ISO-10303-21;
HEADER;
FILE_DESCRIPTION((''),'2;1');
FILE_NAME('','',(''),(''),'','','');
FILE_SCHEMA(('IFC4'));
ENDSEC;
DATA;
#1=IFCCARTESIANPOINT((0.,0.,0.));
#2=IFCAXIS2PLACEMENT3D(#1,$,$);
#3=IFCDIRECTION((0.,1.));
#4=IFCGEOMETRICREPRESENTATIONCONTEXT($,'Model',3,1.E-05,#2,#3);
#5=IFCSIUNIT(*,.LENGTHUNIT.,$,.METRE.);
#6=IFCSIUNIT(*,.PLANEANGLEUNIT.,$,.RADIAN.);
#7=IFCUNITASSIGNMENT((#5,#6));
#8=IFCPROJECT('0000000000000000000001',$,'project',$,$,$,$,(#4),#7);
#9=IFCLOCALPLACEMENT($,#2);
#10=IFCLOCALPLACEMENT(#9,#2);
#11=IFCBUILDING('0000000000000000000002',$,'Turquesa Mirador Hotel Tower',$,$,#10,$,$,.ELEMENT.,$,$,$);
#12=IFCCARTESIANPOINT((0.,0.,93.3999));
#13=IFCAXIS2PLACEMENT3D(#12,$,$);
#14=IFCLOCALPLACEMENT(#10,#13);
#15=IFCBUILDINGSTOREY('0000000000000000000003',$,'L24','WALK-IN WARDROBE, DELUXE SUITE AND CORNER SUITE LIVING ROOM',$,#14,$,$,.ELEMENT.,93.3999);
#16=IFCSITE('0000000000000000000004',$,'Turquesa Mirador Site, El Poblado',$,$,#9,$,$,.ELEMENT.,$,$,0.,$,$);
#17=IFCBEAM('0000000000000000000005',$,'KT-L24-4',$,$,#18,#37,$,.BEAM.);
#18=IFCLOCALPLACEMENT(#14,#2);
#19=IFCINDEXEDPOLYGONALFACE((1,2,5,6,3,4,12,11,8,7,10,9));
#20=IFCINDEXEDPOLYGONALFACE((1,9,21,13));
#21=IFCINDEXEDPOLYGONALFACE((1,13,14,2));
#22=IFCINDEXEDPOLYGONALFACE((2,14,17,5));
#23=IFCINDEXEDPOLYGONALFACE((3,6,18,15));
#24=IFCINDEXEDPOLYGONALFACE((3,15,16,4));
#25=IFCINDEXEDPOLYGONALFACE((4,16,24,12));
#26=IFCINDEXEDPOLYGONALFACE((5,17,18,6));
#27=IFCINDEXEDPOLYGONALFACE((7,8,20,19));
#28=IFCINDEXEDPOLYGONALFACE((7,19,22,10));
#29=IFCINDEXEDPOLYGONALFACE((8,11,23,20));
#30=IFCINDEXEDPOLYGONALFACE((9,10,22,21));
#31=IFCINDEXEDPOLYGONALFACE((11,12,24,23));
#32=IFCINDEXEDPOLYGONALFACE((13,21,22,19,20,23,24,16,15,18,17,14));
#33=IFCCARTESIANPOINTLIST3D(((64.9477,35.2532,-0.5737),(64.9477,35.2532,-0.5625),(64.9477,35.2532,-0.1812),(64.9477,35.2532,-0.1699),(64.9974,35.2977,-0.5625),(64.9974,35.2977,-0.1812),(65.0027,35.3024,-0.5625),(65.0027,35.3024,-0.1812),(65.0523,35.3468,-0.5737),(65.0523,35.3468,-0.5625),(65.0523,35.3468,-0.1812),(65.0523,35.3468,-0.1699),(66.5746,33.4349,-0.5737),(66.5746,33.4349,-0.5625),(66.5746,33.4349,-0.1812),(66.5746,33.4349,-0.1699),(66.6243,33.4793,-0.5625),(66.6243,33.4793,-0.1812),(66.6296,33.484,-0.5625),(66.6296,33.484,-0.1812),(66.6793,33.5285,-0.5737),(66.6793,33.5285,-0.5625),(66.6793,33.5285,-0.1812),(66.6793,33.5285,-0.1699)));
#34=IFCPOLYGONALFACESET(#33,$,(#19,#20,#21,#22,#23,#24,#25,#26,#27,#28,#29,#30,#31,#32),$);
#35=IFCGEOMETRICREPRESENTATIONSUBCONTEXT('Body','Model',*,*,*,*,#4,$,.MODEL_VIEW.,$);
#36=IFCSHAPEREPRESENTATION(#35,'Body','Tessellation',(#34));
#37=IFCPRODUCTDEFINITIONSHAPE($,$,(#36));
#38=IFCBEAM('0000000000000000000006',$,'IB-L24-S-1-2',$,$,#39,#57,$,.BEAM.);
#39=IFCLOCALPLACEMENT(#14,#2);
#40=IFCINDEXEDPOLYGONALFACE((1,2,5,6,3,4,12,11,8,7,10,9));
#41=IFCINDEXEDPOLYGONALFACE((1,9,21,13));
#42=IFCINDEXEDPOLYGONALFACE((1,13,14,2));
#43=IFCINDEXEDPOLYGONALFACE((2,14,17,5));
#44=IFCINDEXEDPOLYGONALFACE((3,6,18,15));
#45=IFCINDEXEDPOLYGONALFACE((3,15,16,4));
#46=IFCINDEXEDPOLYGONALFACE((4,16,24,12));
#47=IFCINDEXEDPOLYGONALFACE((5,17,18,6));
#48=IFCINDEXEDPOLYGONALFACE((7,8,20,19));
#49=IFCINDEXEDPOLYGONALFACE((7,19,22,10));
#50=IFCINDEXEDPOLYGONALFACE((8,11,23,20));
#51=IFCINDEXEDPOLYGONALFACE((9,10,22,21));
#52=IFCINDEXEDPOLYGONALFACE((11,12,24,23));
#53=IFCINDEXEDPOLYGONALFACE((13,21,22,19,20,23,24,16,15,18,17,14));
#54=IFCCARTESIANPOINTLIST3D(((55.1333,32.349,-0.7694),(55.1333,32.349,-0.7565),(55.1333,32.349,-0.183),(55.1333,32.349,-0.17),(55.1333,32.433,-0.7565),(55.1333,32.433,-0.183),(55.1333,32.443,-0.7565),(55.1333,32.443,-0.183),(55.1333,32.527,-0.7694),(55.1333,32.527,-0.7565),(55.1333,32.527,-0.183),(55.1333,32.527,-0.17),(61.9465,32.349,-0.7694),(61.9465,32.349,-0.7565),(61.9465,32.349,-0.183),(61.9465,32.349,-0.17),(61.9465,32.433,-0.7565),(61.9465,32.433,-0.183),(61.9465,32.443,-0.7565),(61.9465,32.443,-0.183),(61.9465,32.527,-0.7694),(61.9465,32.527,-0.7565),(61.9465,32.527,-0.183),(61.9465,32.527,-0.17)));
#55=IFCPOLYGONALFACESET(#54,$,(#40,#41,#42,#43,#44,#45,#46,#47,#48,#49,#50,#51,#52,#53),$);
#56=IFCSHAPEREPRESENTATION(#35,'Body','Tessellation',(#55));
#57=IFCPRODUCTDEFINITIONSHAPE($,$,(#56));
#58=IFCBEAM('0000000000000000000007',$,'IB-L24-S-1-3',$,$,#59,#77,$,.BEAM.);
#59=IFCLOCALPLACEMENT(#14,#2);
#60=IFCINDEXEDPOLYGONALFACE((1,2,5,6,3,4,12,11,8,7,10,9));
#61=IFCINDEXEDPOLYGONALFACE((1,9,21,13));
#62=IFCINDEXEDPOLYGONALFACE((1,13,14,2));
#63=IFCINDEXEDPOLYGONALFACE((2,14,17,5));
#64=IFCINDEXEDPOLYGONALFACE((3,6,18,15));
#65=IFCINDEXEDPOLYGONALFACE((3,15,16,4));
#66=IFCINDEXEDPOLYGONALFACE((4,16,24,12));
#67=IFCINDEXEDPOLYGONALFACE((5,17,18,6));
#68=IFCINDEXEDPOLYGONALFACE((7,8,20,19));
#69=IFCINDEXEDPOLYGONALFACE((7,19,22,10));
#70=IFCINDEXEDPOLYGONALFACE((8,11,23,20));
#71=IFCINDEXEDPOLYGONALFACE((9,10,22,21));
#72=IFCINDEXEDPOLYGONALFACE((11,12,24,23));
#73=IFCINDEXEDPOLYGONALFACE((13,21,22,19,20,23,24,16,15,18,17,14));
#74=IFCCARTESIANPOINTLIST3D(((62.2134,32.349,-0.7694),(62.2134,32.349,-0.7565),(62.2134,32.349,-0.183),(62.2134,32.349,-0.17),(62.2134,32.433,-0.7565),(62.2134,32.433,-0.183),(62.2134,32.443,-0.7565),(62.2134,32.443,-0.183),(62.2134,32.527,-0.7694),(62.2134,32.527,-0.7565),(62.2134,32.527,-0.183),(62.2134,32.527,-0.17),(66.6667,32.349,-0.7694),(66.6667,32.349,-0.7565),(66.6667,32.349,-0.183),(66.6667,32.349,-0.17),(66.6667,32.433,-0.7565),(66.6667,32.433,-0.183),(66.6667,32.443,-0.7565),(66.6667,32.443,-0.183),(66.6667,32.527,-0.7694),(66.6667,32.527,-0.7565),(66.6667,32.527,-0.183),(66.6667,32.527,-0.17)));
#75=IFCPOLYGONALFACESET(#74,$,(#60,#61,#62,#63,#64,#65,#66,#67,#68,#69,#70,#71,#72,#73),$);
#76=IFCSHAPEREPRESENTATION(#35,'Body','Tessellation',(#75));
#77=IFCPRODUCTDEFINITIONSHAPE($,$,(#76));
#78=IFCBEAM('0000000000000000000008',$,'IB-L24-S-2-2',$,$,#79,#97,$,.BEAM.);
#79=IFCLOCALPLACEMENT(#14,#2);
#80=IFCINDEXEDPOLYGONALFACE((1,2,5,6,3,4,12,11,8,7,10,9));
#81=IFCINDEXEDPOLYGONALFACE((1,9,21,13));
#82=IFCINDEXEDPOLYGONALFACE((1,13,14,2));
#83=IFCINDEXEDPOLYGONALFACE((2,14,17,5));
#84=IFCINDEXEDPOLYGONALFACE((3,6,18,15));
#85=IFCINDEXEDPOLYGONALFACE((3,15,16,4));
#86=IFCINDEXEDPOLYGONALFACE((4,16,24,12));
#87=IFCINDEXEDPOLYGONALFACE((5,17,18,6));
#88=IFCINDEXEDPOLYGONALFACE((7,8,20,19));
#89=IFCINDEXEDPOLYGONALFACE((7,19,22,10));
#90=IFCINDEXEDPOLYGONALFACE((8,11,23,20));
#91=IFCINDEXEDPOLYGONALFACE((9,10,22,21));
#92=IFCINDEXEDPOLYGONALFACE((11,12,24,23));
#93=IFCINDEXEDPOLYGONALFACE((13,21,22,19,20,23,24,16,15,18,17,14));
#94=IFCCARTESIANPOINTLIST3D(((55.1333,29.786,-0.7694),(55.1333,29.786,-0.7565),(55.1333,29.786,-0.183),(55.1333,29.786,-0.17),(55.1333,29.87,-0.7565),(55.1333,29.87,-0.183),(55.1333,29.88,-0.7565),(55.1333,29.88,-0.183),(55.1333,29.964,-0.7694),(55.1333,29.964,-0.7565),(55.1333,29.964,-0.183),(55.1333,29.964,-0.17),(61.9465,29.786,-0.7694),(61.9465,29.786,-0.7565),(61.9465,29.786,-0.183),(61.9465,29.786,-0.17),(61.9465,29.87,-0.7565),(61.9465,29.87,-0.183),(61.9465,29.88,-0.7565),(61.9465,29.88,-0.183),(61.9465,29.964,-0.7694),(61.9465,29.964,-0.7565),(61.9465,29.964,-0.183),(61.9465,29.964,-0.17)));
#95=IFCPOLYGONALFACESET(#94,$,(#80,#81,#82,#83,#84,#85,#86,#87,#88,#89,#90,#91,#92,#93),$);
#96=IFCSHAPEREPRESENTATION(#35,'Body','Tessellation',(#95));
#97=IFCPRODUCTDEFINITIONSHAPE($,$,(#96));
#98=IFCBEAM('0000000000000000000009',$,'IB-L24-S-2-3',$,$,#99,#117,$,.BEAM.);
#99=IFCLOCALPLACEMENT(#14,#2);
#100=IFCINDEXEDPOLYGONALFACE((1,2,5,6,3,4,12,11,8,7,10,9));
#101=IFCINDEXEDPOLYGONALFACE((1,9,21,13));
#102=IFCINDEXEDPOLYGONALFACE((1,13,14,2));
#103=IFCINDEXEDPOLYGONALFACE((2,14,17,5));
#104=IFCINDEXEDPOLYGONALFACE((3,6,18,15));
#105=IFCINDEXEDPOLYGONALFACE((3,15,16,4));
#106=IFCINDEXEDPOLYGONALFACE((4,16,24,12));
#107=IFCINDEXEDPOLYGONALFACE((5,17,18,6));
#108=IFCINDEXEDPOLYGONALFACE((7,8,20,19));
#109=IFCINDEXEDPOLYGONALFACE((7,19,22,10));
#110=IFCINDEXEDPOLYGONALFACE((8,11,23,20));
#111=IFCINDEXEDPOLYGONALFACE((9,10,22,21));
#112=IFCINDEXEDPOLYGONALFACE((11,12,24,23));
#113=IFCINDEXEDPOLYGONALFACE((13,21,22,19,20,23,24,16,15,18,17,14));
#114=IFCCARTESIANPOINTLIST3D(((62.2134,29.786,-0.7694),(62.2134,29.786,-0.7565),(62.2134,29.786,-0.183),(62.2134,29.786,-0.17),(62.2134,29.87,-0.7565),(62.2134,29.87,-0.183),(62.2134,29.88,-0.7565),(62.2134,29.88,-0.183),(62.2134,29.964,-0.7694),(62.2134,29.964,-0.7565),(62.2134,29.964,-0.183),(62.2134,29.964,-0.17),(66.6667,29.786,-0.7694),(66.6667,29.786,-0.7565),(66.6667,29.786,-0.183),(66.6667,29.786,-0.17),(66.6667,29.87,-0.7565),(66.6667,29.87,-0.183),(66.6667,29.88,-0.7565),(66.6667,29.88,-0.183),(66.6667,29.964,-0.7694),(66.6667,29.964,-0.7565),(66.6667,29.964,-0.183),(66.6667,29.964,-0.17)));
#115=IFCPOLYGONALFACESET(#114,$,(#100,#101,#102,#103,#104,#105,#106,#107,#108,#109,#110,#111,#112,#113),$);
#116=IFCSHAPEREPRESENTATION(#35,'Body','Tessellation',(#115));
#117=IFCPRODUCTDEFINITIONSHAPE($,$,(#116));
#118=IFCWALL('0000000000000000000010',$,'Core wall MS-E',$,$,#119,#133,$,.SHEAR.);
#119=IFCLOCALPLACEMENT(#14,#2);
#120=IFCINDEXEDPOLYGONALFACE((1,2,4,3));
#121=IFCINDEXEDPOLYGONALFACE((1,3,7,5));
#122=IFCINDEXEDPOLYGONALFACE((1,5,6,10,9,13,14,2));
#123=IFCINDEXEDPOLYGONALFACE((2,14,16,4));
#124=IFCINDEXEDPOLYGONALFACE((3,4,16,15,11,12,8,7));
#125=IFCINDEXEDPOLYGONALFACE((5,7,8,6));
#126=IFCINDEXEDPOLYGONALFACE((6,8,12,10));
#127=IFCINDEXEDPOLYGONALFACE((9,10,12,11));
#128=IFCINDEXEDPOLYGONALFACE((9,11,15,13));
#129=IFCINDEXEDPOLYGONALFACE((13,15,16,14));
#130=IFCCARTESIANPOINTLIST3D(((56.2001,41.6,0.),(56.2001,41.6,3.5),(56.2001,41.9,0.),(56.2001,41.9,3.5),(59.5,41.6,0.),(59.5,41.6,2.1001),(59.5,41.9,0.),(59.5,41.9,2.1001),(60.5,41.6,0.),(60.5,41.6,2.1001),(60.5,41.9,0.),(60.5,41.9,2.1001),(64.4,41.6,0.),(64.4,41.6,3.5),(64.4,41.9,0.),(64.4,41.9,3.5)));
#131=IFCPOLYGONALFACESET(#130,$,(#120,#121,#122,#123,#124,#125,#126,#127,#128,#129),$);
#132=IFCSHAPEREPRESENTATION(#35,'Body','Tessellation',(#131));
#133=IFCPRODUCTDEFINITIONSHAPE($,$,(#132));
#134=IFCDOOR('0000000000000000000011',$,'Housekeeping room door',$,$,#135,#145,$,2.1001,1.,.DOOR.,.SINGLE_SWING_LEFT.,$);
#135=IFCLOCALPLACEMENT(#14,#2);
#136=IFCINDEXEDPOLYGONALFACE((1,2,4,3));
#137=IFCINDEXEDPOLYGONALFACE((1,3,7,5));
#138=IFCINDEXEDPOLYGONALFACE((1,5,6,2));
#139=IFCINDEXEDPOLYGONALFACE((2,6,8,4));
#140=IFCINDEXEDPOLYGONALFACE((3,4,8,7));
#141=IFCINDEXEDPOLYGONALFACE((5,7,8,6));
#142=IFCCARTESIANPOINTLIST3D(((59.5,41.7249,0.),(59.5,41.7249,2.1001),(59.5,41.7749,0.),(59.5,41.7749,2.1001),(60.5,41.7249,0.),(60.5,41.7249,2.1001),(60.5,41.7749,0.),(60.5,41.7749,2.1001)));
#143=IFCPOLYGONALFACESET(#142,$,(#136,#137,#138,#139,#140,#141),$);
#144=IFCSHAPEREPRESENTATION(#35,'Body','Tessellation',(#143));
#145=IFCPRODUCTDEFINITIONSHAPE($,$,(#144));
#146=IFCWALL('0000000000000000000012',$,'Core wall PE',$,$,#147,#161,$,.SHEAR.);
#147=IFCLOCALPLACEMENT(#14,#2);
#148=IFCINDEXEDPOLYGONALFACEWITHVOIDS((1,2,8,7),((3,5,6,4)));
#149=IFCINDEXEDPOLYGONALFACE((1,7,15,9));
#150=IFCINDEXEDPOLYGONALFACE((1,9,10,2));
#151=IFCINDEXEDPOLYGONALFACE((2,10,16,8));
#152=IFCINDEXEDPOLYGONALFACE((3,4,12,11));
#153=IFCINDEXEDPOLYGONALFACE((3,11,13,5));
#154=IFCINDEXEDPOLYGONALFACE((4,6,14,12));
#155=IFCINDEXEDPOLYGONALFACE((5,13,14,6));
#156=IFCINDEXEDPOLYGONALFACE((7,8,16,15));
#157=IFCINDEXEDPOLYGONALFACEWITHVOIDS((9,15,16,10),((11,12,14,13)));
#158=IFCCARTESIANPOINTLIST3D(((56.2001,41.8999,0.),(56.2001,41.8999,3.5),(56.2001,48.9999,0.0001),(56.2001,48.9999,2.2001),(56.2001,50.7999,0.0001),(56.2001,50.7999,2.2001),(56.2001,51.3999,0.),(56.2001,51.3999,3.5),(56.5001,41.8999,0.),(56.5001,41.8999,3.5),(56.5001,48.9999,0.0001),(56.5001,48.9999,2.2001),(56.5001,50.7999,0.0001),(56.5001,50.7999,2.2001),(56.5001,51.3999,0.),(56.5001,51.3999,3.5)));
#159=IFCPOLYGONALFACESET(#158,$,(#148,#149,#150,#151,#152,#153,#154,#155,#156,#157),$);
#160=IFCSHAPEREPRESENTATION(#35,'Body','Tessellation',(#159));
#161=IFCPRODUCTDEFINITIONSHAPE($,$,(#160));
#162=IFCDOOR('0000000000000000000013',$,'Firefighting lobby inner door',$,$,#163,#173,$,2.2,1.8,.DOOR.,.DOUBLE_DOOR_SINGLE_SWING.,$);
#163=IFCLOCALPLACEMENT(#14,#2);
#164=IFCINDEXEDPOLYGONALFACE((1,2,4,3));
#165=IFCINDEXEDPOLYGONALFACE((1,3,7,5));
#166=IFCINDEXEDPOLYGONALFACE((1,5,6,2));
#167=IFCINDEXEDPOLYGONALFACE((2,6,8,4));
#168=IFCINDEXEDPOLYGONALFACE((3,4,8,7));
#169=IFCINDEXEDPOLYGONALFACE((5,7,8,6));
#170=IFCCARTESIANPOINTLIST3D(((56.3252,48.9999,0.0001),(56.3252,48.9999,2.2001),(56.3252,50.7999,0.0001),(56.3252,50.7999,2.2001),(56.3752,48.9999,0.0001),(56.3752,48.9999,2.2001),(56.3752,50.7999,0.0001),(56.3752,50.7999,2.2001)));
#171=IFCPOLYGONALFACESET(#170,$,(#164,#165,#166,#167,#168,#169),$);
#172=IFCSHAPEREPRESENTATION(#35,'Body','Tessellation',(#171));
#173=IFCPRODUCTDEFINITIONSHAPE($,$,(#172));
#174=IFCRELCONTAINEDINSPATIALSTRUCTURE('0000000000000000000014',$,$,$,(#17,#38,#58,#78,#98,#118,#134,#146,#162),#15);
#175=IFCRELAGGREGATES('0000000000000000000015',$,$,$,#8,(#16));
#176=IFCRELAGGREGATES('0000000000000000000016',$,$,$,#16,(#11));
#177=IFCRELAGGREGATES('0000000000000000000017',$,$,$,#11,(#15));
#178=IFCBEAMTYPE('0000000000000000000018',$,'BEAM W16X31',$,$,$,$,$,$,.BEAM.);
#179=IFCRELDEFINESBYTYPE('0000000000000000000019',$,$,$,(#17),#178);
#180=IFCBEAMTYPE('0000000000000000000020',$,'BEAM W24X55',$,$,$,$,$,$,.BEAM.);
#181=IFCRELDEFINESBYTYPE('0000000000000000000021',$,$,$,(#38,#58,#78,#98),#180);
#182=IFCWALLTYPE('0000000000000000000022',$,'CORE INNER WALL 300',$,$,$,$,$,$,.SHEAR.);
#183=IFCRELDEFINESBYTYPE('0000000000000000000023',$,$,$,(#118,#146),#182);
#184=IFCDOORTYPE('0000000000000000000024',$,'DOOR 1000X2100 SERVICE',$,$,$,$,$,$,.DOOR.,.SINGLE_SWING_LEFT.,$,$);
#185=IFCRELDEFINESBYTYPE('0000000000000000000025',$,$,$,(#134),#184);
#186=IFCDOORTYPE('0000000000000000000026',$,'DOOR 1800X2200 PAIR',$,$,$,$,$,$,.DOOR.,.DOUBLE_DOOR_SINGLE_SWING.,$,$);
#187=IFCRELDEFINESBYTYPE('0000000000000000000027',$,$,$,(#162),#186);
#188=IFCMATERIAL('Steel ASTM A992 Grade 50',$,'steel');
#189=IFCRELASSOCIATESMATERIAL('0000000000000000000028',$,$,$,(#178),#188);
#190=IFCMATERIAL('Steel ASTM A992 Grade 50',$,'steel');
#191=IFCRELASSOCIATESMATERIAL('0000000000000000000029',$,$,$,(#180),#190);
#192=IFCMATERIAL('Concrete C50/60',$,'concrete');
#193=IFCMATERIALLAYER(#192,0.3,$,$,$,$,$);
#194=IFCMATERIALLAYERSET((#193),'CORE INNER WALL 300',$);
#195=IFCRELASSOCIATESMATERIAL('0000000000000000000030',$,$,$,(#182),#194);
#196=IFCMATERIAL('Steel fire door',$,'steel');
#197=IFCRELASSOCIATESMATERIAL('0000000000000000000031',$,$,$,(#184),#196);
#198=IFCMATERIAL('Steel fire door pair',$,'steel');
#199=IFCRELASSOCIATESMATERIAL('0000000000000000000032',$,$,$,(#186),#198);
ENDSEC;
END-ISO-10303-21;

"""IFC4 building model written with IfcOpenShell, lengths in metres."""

from ifc_helpers import new_model, si_unit, direction, frame, frame_2d, origin, origin_2d, place, context, subcontext, project, spatial, rectangle, i_section, extrude, material, layer, layer_set, material_profile, profile_set, type_object, element, fill, save


model = new_model("IFC4")

# Units and contexts
model_context = context("Model", 3, precision=1e-05, world=origin(), true_north=direction((0.0, 1.0)))
body_context = subcontext(model_context, "Body", "Model", "MODEL_VIEW")
ifc_project = project(units=[si_unit("LENGTHUNIT", "METRE"), si_unit("PLANEANGLEUNIT", "RADIAN")], contexts=[model_context])

# Site, building, storey
site_placement = place(None, origin())
site = spatial("IfcSite", under=ifc_project, at=site_placement, Name="Turquesa Mirador Site, El Poblado", CompositionType="ELEMENT", RefElevation=0.0)
building_placement = place(site_placement, origin())
building = spatial("IfcBuilding", under=site, at=building_placement, Name="Turquesa Mirador Hotel Tower", CompositionType="ELEMENT")
storey_placement = place(building_placement, frame((0.0, 0.0, 93.3999)))
storey = spatial("IfcBuildingStorey", under=building, at=storey_placement, Name="L24", Description="WALK-IN WARDROBE, DELUXE SUITE AND CORNER SUITE LIVING ROOM", CompositionType="ELEMENT", Elevation=93.3999)

# Beams
ifc_material_1 = material(Name="Steel ASTM A992 Grade 50", Category="steel")
ifc_material_profile_1 = material_profile(ifc_material_1, i_section(OverallWidth=0.1404, OverallDepth=0.4038, WebThickness=0.0071, FlangeThickness=0.0112, at=origin_2d()), Name="W16X31")
ifc_profile_set_1 = profile_set([ifc_material_profile_1], Name="Steel ASTM A992 Grade 50")
beam_type_1 = type_object("IfcBeamType", Name="BEAM W16X31", PredefinedType="BEAM", material=ifc_profile_set_1)
beam_1_placement = place(storey_placement, frame((66.627, 33.4817, -0.3718), z_axis=(-0.666795, 0.745241, 0.0), x_axis=(-0.745241, -0.666795, 0.0)))
element("IfcBeam", 1, at=beam_1_placement, inside=storey, type_object=beam_type_1, Name="KT-L24-4", PredefinedType="BEAM", context=body_context, shape_type="SweptSolid", body=[
    extrude(i_section(OverallWidth=0.1404, OverallDepth=0.4038, WebThickness=0.0071, FlangeThickness=0.0112, at=origin_2d()), origin(), (0.0, 0.0, 1.0), 2.4399),
])
ifc_material_2 = material(Name="Steel ASTM A992 Grade 50", Category="steel")
ifc_material_profile_2 = material_profile(ifc_material_2, i_section(OverallWidth=0.178, OverallDepth=0.5994, WebThickness=0.01, FlangeThickness=0.0129, at=origin_2d()), Name="W24X55")
ifc_profile_set_2 = profile_set([ifc_material_profile_2], Name="Steel ASTM A992 Grade 50")
beam_type_2 = type_object("IfcBeamType", Name="BEAM W24X55", PredefinedType="BEAM", material=ifc_profile_set_2)
beam_2_placement = place(storey_placement, frame((55.1333, 32.438, -0.4697), z_axis=(1.0, 0.0, 0.0), x_axis=(0.0, 1.0, 0.0)))
element("IfcBeam", 2, at=beam_2_placement, inside=storey, type_object=beam_type_2, Name="IB-L24-S-1-2", PredefinedType="BEAM", context=body_context, shape_type="SweptSolid", body=[
    extrude(i_section(OverallWidth=0.178, OverallDepth=0.5994, WebThickness=0.01, FlangeThickness=0.0129, at=origin_2d()), origin(), (0.0, 0.0, 1.0), 6.8132),
])
beam_3_placement = place(storey_placement, frame((62.2134, 32.438, -0.4697), z_axis=(1.0, 0.0, 0.0), x_axis=(0.0, 1.0, 0.0)))
element("IfcBeam", 3, at=beam_3_placement, inside=storey, type_object=beam_type_2, Name="IB-L24-S-1-3", PredefinedType="BEAM", context=body_context, shape_type="SweptSolid", body=[
    extrude(i_section(OverallWidth=0.178, OverallDepth=0.5994, WebThickness=0.01, FlangeThickness=0.0129, at=origin_2d()), origin(), (0.0, 0.0, 1.0), 4.4534),
])
beam_4_placement = place(storey_placement, frame((55.1333, 29.875, -0.4697), z_axis=(1.0, 0.0, 0.0), x_axis=(0.0, 1.0, 0.0)))
element("IfcBeam", 4, at=beam_4_placement, inside=storey, type_object=beam_type_2, Name="IB-L24-S-2-2", PredefinedType="BEAM", context=body_context, shape_type="SweptSolid", body=[
    extrude(i_section(OverallWidth=0.178, OverallDepth=0.5994, WebThickness=0.01, FlangeThickness=0.0129, at=origin_2d()), origin(), (0.0, 0.0, 1.0), 6.8132),
])
beam_5_placement = place(storey_placement, frame((62.2134, 29.875, -0.4697), z_axis=(1.0, 0.0, 0.0), x_axis=(0.0, 1.0, 0.0)))
element("IfcBeam", 5, at=beam_5_placement, inside=storey, type_object=beam_type_2, Name="IB-L24-S-2-3", PredefinedType="BEAM", context=body_context, shape_type="SweptSolid", body=[
    extrude(i_section(OverallWidth=0.178, OverallDepth=0.5994, WebThickness=0.01, FlangeThickness=0.0129, at=origin_2d()), origin(), (0.0, 0.0, 1.0), 4.4534),
])

# Walls, openings, doors
ifc_material_3 = material(Name="Concrete C50/60", Category="concrete")
ifc_layer_1 = layer(ifc_material_3, 0.3)
ifc_layer_set_1 = layer_set([ifc_layer_1], Name="CORE INNER WALL 300")
wall_type_1 = type_object("IfcWallType", Name="CORE INNER WALL 300", PredefinedType="SHEAR", material=ifc_layer_set_1)
wall_1_placement = place(storey_placement, frame((56.2, 41.75, 0.0), z_axis=(0.0, 0.0, 1.0), x_axis=(1.0, 0.0, 0.0)))
wall_1 = element("IfcWall", 6, at=wall_1_placement, inside=storey, type_object=wall_type_1, Name="Core wall MS-E", PredefinedType="SHEAR", context=body_context, shape_type="SweptSolid", body=[
    extrude(rectangle(XDim=8.2, YDim=0.3, at=frame_2d((4.1001, 0.0))), origin(), (0.0, 0.0, 1.0), 3.5),
])
opening_1_placement = place(wall_1_placement, frame((3.3, 0.0, 0.0)))
opening_1 = element("IfcOpeningElement", 7, at=opening_1_placement, cuts=wall_1, PredefinedType="OPENING", context=body_context, shape_type="SweptSolid", body=[
    extrude(rectangle(XDim=1.0, YDim=2.1001, at=frame_2d((0.5, 1.05))), frame((0.0, 0.1599, 0.0), z_axis=(0.0, -1.0, 0.0), x_axis=(1.0, 0.0, 0.0)), (0.0, 0.0, 1.0), 0.3201),
])
ifc_material_4 = material(Name="Steel fire door", Category="steel")
door_type_1 = type_object("IfcDoorType", Name="DOOR 1000X2100 SERVICE", OperationType="SINGLE_SWING_LEFT", PredefinedType="DOOR", material=ifc_material_4)
door_1_placement = place(opening_1_placement, origin())
door_1 = element("IfcDoor", 8, at=door_1_placement, inside=storey, type_object=door_type_1, Name="Housekeeping room door", OperationType="SINGLE_SWING_LEFT", OverallHeight=2.1001, OverallWidth=1.0, PredefinedType="DOOR", context=body_context, shape_type="SweptSolid", body=[
    extrude(rectangle(XDim=1.0, YDim=2.1001, at=frame_2d((0.5, 1.05))), frame((0.0, 0.0249, 0.0), z_axis=(0.0, -1.0, 0.0), x_axis=(1.0, 0.0, 0.0)), (0.0, 0.0, 1.0), 0.05),
])
fill(opening_1, door_1)
wall_2_placement = place(storey_placement, frame((56.3501, 41.8999, 0.0), z_axis=(0.0, 0.0, 1.0), x_axis=(0.0, 1.0, 0.0)))
wall_2 = element("IfcWall", 9, at=wall_2_placement, inside=storey, type_object=wall_type_1, Name="Core wall PE", PredefinedType="SHEAR", context=body_context, shape_type="SweptSolid", body=[
    extrude(rectangle(XDim=9.5, YDim=0.3, at=frame_2d((4.75, 0.0))), origin(), (0.0, 0.0, 1.0), 3.5),
])
opening_2_placement = place(wall_2_placement, frame((7.1001, 0.0, 0.0)))
opening_2 = element("IfcOpeningElement", 10, at=opening_2_placement, cuts=wall_2, PredefinedType="OPENING", context=body_context, shape_type="SweptSolid", body=[
    extrude(rectangle(XDim=1.8, YDim=2.2, at=frame_2d((0.8999, 1.1001))), frame((0.0, 0.1599, 0.0), z_axis=(0.0, -1.0, 0.0), x_axis=(1.0, 0.0, 0.0)), (0.0, 0.0, 1.0), 0.3201),
])
ifc_material_5 = material(Name="Steel fire door pair", Category="steel")
door_type_2 = type_object("IfcDoorType", Name="DOOR 1800X2200 PAIR", OperationType="DOUBLE_DOOR_SINGLE_SWING", PredefinedType="DOOR", material=ifc_material_5)
door_2_placement = place(opening_2_placement, origin())
door_2 = element("IfcDoor", 11, at=door_2_placement, inside=storey, type_object=door_type_2, Name="Firefighting lobby inner door", OperationType="DOUBLE_DOOR_SINGLE_SWING", OverallHeight=2.2, OverallWidth=1.8, PredefinedType="DOOR", context=body_context, shape_type="SweptSolid", body=[
    extrude(rectangle(XDim=1.8, YDim=2.2, at=frame_2d((0.8999, 1.1001))), frame((0.0, 0.0249, 0.0), z_axis=(0.0, -1.0, 0.0), x_axis=(1.0, 0.0, 0.0)), (0.0, 0.0, 1.0), 0.05),
])
fill(opening_2, door_2)

save(model, "model.ifc")
